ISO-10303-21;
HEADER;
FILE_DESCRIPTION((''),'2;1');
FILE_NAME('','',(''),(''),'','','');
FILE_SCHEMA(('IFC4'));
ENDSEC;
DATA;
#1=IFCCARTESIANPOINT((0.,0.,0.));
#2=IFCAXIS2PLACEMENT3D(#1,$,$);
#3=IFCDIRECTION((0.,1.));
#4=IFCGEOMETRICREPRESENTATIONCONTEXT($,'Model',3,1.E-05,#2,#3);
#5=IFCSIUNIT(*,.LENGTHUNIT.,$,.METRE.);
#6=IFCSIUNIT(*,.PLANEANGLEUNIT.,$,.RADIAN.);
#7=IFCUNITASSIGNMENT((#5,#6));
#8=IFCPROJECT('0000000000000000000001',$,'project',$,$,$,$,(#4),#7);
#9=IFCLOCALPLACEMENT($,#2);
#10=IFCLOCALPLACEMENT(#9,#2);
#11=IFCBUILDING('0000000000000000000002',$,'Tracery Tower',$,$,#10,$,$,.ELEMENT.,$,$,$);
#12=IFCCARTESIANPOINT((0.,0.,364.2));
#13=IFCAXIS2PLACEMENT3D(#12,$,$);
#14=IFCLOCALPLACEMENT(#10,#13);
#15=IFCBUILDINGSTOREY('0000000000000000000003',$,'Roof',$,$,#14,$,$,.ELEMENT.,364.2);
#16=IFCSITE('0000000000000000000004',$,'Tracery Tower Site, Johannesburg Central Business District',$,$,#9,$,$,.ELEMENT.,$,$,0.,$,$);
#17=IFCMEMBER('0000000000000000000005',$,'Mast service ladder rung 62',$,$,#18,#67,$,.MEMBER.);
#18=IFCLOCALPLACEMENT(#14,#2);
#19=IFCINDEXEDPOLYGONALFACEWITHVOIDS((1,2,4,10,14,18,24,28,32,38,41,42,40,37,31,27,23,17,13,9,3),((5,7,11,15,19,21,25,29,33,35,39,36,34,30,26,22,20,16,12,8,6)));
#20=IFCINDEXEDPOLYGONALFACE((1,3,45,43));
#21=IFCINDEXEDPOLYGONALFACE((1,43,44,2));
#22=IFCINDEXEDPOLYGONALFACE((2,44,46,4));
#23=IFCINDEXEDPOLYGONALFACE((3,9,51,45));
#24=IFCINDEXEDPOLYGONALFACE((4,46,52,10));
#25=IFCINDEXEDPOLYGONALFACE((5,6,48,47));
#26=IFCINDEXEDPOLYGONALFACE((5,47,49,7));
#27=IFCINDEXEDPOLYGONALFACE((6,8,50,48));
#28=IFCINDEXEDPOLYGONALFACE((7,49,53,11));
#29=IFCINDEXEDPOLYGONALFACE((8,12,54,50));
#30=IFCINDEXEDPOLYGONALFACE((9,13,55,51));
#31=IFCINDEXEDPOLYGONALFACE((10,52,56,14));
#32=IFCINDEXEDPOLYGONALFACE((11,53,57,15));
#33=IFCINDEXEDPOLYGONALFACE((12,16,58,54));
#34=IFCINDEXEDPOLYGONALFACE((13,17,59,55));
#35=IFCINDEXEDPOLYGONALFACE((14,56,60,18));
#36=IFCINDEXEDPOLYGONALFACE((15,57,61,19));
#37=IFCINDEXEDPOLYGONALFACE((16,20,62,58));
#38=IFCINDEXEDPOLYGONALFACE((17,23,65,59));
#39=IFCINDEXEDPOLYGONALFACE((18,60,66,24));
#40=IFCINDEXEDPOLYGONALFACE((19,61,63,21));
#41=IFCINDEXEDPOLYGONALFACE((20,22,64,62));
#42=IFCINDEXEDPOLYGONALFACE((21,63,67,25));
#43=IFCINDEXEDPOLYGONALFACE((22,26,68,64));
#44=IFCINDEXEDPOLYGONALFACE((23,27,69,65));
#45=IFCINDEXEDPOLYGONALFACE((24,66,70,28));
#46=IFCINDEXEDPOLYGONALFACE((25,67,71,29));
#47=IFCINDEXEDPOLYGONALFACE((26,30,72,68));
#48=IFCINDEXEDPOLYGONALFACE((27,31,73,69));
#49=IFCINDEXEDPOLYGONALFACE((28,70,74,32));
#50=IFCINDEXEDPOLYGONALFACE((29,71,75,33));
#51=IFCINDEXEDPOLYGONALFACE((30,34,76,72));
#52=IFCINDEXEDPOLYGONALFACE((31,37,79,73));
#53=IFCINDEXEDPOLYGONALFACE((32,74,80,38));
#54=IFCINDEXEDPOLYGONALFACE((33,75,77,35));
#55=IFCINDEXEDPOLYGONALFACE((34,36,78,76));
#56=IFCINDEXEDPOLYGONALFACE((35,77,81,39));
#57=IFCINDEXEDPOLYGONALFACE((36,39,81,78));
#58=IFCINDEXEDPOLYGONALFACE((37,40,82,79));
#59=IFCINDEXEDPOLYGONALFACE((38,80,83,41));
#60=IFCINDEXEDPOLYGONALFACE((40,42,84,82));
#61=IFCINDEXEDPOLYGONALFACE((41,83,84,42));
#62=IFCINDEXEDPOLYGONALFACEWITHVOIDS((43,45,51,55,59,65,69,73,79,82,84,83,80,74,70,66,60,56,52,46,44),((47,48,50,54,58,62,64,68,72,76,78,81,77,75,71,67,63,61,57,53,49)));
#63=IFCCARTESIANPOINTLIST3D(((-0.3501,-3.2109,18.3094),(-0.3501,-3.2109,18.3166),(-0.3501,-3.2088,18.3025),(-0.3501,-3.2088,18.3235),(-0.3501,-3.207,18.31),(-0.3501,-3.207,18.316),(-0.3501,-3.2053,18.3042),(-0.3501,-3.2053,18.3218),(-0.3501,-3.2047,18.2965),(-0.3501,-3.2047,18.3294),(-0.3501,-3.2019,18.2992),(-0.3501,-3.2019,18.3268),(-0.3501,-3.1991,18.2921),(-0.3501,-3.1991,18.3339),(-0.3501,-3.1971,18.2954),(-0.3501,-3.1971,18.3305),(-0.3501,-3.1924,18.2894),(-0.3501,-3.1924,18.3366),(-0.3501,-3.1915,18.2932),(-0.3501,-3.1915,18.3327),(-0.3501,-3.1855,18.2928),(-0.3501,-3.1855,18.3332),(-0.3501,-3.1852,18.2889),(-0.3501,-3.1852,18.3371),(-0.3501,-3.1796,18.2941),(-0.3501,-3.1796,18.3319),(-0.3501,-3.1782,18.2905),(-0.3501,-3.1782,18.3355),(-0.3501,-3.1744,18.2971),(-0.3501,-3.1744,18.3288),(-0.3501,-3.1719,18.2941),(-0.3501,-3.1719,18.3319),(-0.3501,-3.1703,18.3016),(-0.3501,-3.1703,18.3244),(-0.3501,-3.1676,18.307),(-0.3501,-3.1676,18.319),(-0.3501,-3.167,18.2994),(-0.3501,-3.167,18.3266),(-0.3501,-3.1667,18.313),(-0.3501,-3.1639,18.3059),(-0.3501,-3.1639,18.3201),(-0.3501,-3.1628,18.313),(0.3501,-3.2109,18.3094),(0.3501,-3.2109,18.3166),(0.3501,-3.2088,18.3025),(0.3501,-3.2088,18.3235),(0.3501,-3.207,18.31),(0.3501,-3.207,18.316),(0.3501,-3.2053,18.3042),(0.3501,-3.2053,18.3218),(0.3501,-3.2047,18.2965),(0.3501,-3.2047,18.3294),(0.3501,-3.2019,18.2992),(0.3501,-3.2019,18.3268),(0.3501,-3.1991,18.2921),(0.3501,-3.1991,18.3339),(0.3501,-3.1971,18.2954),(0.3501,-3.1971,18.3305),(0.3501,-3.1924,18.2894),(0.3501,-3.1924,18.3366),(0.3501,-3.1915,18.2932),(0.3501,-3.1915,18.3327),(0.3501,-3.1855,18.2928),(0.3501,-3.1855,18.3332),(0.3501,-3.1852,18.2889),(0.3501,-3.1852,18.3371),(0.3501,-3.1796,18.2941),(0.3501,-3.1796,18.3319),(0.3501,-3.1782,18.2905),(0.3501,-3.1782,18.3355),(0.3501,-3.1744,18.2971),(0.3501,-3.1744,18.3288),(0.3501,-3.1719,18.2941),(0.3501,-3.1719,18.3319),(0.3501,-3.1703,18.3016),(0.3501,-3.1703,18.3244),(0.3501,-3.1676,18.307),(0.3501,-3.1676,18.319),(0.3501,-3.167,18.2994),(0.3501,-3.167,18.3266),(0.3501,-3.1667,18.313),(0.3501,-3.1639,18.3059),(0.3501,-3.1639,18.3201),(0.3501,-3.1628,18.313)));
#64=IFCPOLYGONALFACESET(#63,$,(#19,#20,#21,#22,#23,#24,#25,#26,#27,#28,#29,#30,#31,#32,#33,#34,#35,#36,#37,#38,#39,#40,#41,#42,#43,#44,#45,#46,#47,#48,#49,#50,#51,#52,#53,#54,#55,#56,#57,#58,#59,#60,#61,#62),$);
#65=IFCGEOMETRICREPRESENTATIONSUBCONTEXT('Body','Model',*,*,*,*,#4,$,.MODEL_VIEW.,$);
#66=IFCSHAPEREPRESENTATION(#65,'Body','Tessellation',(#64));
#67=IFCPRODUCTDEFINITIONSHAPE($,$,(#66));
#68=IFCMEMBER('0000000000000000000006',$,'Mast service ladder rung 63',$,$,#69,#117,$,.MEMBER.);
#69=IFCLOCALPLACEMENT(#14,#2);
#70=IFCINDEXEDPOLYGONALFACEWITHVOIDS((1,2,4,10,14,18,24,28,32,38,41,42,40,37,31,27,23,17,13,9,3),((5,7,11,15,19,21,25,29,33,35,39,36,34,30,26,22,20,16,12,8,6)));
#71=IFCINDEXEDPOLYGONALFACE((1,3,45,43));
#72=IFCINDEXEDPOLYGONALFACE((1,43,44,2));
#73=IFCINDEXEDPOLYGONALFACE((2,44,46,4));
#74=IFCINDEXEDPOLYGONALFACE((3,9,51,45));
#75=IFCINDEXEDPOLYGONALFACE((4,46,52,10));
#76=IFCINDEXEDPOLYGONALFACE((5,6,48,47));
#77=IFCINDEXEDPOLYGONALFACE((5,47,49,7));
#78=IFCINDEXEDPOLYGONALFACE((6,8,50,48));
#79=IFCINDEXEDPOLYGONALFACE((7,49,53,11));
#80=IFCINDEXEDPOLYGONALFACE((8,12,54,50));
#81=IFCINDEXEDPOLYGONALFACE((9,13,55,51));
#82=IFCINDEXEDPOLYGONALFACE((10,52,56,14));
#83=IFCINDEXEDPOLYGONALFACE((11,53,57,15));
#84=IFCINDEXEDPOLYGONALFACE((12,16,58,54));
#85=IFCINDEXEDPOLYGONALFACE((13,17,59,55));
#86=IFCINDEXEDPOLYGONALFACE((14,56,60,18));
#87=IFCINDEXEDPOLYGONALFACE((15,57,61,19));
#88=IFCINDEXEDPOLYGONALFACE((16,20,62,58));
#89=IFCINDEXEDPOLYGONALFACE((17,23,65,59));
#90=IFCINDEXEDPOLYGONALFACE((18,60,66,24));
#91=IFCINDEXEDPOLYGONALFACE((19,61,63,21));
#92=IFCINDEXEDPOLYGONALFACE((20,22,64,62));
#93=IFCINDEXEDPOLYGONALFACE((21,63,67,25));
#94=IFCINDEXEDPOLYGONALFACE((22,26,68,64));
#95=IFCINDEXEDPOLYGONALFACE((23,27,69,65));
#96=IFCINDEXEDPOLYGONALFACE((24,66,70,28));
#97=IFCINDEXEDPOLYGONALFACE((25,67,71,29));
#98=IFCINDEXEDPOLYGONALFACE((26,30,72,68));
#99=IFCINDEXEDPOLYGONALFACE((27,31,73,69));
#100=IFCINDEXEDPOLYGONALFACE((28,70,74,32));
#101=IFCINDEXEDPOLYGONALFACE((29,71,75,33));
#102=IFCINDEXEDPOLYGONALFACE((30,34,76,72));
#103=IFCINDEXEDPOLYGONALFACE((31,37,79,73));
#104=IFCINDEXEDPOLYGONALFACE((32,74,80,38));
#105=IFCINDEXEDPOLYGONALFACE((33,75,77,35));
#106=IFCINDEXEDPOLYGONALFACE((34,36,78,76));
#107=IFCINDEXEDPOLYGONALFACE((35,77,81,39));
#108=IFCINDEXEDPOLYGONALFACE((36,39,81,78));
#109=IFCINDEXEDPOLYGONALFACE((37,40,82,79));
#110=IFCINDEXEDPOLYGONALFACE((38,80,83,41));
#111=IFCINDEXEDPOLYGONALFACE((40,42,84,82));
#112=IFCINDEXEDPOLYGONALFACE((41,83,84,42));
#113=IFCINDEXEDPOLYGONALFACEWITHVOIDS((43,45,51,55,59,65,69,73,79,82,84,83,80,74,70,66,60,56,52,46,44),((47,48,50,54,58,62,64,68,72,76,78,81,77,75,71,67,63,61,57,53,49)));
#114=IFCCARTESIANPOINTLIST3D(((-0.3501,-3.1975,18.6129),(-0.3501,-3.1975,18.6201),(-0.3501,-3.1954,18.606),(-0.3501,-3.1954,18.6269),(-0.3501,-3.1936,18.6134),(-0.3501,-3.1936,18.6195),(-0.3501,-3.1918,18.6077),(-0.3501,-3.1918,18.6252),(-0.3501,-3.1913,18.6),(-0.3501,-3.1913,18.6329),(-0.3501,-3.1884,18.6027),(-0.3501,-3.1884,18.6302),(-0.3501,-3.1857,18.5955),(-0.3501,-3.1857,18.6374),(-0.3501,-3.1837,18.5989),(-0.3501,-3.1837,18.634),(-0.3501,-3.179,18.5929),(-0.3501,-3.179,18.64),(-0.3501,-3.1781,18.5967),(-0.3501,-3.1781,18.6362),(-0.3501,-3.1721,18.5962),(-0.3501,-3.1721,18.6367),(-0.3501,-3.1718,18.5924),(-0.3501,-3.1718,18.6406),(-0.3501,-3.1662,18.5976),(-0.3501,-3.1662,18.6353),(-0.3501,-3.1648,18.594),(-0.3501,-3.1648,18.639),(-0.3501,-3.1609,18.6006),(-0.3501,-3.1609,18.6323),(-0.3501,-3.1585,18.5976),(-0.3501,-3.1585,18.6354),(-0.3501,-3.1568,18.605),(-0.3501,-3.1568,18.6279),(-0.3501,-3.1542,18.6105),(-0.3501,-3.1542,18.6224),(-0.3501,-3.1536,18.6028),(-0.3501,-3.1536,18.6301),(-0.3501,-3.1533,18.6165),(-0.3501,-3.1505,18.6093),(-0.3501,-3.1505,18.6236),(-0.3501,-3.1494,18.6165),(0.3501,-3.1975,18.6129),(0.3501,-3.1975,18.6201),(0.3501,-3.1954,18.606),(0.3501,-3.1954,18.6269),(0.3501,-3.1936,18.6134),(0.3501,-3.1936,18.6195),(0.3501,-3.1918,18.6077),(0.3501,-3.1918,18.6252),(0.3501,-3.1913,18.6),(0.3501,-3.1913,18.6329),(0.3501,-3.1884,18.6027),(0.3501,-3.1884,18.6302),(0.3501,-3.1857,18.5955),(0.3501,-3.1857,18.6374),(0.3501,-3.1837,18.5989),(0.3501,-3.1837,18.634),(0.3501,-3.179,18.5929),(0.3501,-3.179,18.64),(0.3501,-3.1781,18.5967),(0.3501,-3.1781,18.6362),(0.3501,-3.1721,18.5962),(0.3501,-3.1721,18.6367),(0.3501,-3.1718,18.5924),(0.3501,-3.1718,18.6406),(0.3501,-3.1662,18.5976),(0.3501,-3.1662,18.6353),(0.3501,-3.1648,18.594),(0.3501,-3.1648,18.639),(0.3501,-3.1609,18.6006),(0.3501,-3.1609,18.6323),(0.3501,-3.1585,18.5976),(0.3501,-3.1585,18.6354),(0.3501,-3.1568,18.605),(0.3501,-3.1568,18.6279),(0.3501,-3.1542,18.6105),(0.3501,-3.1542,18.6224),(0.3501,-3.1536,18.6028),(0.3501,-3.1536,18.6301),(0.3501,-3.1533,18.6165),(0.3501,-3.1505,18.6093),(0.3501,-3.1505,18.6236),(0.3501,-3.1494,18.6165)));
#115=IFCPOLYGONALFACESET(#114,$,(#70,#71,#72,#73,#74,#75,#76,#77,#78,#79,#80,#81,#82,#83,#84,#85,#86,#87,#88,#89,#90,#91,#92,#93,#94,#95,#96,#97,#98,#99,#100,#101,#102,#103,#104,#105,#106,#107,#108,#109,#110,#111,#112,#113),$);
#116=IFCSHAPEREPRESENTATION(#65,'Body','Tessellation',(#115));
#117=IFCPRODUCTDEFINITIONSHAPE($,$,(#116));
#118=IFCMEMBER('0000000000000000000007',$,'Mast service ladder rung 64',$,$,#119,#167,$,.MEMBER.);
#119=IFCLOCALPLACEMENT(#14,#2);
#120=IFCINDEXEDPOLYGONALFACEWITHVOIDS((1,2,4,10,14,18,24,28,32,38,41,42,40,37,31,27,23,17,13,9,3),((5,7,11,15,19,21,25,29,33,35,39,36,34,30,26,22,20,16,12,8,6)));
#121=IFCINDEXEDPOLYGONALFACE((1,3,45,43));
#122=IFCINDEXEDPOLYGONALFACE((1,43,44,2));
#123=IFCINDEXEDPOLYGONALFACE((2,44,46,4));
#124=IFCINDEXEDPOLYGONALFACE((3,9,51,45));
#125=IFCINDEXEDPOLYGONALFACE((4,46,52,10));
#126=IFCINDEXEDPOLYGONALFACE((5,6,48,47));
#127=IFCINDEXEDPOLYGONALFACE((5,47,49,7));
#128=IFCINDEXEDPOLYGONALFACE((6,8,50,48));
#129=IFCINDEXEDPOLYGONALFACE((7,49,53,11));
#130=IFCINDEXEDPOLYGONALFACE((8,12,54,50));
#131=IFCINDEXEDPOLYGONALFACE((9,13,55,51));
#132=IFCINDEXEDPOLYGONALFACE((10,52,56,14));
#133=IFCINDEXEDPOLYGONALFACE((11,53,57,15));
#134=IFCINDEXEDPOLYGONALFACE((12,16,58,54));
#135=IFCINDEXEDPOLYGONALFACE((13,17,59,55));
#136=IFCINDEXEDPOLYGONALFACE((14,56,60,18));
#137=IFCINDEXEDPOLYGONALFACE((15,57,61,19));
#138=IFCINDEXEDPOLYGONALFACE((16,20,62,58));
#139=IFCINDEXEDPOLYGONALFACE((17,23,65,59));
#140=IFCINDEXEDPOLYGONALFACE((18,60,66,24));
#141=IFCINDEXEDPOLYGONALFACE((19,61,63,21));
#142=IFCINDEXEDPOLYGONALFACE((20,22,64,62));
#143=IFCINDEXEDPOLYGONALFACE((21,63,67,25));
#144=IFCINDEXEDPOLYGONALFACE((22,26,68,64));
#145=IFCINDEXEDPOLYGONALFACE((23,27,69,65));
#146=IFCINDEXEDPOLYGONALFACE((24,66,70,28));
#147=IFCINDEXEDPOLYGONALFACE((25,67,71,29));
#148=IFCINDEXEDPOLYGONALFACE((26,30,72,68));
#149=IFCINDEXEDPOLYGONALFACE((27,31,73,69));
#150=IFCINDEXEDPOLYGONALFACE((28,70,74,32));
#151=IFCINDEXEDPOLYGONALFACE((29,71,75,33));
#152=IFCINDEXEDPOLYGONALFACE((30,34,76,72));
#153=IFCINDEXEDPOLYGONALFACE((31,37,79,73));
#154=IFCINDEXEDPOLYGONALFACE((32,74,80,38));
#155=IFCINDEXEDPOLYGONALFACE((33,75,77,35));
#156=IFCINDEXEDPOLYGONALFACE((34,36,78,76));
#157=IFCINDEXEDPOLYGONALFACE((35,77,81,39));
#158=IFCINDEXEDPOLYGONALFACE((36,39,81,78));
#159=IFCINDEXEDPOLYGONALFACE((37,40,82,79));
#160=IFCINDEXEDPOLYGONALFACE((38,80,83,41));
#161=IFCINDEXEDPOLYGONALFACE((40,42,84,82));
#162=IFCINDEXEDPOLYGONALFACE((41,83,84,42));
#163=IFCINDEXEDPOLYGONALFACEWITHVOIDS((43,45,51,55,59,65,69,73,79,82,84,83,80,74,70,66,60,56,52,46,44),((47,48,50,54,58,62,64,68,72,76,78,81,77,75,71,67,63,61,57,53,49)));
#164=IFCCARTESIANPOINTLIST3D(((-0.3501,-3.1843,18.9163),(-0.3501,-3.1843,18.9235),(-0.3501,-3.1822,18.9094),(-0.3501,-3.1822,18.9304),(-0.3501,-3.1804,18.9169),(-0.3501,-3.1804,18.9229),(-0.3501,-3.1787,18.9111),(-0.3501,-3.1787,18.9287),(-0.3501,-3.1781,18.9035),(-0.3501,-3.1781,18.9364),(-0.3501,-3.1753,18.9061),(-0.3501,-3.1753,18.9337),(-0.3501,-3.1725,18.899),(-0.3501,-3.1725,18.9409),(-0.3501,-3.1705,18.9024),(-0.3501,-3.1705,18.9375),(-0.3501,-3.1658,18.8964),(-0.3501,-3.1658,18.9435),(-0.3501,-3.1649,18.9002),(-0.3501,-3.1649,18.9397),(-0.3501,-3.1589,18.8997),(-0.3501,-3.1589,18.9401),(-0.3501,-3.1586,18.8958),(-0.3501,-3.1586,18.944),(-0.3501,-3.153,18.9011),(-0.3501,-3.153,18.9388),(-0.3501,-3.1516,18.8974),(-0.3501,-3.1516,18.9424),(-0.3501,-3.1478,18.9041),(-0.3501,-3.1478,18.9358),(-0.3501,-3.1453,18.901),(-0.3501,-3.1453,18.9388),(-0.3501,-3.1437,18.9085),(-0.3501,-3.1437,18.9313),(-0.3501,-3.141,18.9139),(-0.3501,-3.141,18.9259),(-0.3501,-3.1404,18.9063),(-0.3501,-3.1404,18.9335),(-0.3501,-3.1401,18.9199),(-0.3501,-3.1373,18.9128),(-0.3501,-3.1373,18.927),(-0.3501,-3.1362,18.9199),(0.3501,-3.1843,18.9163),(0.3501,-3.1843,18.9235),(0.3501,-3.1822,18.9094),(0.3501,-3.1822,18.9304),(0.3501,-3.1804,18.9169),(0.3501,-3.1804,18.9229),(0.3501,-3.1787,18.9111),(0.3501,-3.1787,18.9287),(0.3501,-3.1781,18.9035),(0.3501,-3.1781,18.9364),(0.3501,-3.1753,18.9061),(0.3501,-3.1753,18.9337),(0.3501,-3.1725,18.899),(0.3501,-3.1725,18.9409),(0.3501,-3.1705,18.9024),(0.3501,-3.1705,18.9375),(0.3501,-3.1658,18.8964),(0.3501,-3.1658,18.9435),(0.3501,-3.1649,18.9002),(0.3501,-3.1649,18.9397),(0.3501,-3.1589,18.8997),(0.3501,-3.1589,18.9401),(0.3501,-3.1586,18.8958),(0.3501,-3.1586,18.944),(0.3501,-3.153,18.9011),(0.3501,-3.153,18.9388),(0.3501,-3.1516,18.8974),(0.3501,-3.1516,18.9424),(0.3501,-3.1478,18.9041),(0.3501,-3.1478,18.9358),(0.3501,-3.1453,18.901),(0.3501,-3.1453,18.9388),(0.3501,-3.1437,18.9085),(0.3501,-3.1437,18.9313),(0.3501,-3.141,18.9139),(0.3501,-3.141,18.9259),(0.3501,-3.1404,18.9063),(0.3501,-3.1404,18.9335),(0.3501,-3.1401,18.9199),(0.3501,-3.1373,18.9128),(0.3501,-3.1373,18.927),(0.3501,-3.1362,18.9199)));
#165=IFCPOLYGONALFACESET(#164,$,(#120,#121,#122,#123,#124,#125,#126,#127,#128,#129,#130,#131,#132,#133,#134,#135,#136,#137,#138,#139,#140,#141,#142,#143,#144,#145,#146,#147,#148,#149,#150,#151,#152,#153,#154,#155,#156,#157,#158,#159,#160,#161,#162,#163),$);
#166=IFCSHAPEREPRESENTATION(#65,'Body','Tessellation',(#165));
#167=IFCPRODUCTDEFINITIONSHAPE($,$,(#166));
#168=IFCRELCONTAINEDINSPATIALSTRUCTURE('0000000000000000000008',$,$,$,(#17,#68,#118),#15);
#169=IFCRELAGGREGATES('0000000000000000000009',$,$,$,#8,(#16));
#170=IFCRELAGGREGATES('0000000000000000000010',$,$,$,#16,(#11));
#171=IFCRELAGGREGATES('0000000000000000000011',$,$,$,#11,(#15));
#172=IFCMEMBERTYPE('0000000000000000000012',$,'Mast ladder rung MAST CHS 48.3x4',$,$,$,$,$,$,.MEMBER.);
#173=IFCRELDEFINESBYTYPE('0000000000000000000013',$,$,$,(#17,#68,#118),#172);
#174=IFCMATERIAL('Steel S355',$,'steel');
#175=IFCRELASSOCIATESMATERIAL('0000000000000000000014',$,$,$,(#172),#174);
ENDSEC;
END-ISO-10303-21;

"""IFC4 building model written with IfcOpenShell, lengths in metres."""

from ifc_helpers import new_model, si_unit, direction, frame, origin, origin_2d, place, context, subcontext, project, spatial, hollow_circle, extrude, material, material_profile, profile_set, type_object, element, save


model = new_model("IFC4")

# Units and contexts
model_context = context("Model", 3, precision=1e-05, world=origin(), true_north=direction((0.0, 1.0)))
body_context = subcontext(model_context, "Body", "Model", "MODEL_VIEW")
ifc_project = project(units=[si_unit("LENGTHUNIT", "METRE"), si_unit("PLANEANGLEUNIT", "RADIAN")], contexts=[model_context])

# Site, building, storey
site_placement = place(None, origin())
site = spatial("IfcSite", under=ifc_project, at=site_placement, Name="Tracery Tower Site, Johannesburg Central Business District", CompositionType="ELEMENT", RefElevation=0.0)
building_placement = place(site_placement, origin())
building = spatial("IfcBuilding", under=site, at=building_placement, Name="Tracery Tower", CompositionType="ELEMENT")
storey_placement = place(building_placement, frame((0.0, 0.0, 364.2)))
storey = spatial("IfcBuildingStorey", under=building, at=storey_placement, Name="Roof", CompositionType="ELEMENT", Elevation=364.2)

# Members
ifc_material_1 = material(Name="Steel S355", Category="steel")
ifc_material_profile_1 = material_profile(ifc_material_1, hollow_circle(Radius=0.0242, WallThickness=0.0039, at=origin_2d()), Name="CHS 48.3x4")
ifc_profile_set_1 = profile_set([ifc_material_profile_1], Name="Steel S355")
member_type_1 = type_object("IfcMemberType", Name="Mast ladder rung MAST CHS 48.3x4", PredefinedType="MEMBER", material=ifc_profile_set_1)
for number, where, z_axis, x_axis, name in (
    (1, (-0.3501, -3.187, 18.313), (1.0, 0.0, 0.0), (0.0, 1.0, 0.0), "Mast service ladder rung 62"),
    (2, (-0.3501, -3.1736, 18.6165), (1.0, 0.0, 0.0), (0.0, 1.0, 0.0), "Mast service ladder rung 63"),
    (3, (-0.3501, -3.1604, 18.9199), (1.0, 0.0, 0.0), (0.0, 1.0, 0.0), "Mast service ladder rung 64"),
):
    element("IfcMember", number, at=place(storey_placement, frame(where, z_axis=z_axis, x_axis=x_axis)), inside=storey, type_object=member_type_1, Name=name, PredefinedType="MEMBER", context=body_context, shape_type="SweptSolid", body=[
        extrude(hollow_circle(Radius=0.0242, WallThickness=0.0039, at=origin_2d()), origin(), (0.0, 0.0, 1.0), 0.7002),
    ])

save(model, "model.ifc")
